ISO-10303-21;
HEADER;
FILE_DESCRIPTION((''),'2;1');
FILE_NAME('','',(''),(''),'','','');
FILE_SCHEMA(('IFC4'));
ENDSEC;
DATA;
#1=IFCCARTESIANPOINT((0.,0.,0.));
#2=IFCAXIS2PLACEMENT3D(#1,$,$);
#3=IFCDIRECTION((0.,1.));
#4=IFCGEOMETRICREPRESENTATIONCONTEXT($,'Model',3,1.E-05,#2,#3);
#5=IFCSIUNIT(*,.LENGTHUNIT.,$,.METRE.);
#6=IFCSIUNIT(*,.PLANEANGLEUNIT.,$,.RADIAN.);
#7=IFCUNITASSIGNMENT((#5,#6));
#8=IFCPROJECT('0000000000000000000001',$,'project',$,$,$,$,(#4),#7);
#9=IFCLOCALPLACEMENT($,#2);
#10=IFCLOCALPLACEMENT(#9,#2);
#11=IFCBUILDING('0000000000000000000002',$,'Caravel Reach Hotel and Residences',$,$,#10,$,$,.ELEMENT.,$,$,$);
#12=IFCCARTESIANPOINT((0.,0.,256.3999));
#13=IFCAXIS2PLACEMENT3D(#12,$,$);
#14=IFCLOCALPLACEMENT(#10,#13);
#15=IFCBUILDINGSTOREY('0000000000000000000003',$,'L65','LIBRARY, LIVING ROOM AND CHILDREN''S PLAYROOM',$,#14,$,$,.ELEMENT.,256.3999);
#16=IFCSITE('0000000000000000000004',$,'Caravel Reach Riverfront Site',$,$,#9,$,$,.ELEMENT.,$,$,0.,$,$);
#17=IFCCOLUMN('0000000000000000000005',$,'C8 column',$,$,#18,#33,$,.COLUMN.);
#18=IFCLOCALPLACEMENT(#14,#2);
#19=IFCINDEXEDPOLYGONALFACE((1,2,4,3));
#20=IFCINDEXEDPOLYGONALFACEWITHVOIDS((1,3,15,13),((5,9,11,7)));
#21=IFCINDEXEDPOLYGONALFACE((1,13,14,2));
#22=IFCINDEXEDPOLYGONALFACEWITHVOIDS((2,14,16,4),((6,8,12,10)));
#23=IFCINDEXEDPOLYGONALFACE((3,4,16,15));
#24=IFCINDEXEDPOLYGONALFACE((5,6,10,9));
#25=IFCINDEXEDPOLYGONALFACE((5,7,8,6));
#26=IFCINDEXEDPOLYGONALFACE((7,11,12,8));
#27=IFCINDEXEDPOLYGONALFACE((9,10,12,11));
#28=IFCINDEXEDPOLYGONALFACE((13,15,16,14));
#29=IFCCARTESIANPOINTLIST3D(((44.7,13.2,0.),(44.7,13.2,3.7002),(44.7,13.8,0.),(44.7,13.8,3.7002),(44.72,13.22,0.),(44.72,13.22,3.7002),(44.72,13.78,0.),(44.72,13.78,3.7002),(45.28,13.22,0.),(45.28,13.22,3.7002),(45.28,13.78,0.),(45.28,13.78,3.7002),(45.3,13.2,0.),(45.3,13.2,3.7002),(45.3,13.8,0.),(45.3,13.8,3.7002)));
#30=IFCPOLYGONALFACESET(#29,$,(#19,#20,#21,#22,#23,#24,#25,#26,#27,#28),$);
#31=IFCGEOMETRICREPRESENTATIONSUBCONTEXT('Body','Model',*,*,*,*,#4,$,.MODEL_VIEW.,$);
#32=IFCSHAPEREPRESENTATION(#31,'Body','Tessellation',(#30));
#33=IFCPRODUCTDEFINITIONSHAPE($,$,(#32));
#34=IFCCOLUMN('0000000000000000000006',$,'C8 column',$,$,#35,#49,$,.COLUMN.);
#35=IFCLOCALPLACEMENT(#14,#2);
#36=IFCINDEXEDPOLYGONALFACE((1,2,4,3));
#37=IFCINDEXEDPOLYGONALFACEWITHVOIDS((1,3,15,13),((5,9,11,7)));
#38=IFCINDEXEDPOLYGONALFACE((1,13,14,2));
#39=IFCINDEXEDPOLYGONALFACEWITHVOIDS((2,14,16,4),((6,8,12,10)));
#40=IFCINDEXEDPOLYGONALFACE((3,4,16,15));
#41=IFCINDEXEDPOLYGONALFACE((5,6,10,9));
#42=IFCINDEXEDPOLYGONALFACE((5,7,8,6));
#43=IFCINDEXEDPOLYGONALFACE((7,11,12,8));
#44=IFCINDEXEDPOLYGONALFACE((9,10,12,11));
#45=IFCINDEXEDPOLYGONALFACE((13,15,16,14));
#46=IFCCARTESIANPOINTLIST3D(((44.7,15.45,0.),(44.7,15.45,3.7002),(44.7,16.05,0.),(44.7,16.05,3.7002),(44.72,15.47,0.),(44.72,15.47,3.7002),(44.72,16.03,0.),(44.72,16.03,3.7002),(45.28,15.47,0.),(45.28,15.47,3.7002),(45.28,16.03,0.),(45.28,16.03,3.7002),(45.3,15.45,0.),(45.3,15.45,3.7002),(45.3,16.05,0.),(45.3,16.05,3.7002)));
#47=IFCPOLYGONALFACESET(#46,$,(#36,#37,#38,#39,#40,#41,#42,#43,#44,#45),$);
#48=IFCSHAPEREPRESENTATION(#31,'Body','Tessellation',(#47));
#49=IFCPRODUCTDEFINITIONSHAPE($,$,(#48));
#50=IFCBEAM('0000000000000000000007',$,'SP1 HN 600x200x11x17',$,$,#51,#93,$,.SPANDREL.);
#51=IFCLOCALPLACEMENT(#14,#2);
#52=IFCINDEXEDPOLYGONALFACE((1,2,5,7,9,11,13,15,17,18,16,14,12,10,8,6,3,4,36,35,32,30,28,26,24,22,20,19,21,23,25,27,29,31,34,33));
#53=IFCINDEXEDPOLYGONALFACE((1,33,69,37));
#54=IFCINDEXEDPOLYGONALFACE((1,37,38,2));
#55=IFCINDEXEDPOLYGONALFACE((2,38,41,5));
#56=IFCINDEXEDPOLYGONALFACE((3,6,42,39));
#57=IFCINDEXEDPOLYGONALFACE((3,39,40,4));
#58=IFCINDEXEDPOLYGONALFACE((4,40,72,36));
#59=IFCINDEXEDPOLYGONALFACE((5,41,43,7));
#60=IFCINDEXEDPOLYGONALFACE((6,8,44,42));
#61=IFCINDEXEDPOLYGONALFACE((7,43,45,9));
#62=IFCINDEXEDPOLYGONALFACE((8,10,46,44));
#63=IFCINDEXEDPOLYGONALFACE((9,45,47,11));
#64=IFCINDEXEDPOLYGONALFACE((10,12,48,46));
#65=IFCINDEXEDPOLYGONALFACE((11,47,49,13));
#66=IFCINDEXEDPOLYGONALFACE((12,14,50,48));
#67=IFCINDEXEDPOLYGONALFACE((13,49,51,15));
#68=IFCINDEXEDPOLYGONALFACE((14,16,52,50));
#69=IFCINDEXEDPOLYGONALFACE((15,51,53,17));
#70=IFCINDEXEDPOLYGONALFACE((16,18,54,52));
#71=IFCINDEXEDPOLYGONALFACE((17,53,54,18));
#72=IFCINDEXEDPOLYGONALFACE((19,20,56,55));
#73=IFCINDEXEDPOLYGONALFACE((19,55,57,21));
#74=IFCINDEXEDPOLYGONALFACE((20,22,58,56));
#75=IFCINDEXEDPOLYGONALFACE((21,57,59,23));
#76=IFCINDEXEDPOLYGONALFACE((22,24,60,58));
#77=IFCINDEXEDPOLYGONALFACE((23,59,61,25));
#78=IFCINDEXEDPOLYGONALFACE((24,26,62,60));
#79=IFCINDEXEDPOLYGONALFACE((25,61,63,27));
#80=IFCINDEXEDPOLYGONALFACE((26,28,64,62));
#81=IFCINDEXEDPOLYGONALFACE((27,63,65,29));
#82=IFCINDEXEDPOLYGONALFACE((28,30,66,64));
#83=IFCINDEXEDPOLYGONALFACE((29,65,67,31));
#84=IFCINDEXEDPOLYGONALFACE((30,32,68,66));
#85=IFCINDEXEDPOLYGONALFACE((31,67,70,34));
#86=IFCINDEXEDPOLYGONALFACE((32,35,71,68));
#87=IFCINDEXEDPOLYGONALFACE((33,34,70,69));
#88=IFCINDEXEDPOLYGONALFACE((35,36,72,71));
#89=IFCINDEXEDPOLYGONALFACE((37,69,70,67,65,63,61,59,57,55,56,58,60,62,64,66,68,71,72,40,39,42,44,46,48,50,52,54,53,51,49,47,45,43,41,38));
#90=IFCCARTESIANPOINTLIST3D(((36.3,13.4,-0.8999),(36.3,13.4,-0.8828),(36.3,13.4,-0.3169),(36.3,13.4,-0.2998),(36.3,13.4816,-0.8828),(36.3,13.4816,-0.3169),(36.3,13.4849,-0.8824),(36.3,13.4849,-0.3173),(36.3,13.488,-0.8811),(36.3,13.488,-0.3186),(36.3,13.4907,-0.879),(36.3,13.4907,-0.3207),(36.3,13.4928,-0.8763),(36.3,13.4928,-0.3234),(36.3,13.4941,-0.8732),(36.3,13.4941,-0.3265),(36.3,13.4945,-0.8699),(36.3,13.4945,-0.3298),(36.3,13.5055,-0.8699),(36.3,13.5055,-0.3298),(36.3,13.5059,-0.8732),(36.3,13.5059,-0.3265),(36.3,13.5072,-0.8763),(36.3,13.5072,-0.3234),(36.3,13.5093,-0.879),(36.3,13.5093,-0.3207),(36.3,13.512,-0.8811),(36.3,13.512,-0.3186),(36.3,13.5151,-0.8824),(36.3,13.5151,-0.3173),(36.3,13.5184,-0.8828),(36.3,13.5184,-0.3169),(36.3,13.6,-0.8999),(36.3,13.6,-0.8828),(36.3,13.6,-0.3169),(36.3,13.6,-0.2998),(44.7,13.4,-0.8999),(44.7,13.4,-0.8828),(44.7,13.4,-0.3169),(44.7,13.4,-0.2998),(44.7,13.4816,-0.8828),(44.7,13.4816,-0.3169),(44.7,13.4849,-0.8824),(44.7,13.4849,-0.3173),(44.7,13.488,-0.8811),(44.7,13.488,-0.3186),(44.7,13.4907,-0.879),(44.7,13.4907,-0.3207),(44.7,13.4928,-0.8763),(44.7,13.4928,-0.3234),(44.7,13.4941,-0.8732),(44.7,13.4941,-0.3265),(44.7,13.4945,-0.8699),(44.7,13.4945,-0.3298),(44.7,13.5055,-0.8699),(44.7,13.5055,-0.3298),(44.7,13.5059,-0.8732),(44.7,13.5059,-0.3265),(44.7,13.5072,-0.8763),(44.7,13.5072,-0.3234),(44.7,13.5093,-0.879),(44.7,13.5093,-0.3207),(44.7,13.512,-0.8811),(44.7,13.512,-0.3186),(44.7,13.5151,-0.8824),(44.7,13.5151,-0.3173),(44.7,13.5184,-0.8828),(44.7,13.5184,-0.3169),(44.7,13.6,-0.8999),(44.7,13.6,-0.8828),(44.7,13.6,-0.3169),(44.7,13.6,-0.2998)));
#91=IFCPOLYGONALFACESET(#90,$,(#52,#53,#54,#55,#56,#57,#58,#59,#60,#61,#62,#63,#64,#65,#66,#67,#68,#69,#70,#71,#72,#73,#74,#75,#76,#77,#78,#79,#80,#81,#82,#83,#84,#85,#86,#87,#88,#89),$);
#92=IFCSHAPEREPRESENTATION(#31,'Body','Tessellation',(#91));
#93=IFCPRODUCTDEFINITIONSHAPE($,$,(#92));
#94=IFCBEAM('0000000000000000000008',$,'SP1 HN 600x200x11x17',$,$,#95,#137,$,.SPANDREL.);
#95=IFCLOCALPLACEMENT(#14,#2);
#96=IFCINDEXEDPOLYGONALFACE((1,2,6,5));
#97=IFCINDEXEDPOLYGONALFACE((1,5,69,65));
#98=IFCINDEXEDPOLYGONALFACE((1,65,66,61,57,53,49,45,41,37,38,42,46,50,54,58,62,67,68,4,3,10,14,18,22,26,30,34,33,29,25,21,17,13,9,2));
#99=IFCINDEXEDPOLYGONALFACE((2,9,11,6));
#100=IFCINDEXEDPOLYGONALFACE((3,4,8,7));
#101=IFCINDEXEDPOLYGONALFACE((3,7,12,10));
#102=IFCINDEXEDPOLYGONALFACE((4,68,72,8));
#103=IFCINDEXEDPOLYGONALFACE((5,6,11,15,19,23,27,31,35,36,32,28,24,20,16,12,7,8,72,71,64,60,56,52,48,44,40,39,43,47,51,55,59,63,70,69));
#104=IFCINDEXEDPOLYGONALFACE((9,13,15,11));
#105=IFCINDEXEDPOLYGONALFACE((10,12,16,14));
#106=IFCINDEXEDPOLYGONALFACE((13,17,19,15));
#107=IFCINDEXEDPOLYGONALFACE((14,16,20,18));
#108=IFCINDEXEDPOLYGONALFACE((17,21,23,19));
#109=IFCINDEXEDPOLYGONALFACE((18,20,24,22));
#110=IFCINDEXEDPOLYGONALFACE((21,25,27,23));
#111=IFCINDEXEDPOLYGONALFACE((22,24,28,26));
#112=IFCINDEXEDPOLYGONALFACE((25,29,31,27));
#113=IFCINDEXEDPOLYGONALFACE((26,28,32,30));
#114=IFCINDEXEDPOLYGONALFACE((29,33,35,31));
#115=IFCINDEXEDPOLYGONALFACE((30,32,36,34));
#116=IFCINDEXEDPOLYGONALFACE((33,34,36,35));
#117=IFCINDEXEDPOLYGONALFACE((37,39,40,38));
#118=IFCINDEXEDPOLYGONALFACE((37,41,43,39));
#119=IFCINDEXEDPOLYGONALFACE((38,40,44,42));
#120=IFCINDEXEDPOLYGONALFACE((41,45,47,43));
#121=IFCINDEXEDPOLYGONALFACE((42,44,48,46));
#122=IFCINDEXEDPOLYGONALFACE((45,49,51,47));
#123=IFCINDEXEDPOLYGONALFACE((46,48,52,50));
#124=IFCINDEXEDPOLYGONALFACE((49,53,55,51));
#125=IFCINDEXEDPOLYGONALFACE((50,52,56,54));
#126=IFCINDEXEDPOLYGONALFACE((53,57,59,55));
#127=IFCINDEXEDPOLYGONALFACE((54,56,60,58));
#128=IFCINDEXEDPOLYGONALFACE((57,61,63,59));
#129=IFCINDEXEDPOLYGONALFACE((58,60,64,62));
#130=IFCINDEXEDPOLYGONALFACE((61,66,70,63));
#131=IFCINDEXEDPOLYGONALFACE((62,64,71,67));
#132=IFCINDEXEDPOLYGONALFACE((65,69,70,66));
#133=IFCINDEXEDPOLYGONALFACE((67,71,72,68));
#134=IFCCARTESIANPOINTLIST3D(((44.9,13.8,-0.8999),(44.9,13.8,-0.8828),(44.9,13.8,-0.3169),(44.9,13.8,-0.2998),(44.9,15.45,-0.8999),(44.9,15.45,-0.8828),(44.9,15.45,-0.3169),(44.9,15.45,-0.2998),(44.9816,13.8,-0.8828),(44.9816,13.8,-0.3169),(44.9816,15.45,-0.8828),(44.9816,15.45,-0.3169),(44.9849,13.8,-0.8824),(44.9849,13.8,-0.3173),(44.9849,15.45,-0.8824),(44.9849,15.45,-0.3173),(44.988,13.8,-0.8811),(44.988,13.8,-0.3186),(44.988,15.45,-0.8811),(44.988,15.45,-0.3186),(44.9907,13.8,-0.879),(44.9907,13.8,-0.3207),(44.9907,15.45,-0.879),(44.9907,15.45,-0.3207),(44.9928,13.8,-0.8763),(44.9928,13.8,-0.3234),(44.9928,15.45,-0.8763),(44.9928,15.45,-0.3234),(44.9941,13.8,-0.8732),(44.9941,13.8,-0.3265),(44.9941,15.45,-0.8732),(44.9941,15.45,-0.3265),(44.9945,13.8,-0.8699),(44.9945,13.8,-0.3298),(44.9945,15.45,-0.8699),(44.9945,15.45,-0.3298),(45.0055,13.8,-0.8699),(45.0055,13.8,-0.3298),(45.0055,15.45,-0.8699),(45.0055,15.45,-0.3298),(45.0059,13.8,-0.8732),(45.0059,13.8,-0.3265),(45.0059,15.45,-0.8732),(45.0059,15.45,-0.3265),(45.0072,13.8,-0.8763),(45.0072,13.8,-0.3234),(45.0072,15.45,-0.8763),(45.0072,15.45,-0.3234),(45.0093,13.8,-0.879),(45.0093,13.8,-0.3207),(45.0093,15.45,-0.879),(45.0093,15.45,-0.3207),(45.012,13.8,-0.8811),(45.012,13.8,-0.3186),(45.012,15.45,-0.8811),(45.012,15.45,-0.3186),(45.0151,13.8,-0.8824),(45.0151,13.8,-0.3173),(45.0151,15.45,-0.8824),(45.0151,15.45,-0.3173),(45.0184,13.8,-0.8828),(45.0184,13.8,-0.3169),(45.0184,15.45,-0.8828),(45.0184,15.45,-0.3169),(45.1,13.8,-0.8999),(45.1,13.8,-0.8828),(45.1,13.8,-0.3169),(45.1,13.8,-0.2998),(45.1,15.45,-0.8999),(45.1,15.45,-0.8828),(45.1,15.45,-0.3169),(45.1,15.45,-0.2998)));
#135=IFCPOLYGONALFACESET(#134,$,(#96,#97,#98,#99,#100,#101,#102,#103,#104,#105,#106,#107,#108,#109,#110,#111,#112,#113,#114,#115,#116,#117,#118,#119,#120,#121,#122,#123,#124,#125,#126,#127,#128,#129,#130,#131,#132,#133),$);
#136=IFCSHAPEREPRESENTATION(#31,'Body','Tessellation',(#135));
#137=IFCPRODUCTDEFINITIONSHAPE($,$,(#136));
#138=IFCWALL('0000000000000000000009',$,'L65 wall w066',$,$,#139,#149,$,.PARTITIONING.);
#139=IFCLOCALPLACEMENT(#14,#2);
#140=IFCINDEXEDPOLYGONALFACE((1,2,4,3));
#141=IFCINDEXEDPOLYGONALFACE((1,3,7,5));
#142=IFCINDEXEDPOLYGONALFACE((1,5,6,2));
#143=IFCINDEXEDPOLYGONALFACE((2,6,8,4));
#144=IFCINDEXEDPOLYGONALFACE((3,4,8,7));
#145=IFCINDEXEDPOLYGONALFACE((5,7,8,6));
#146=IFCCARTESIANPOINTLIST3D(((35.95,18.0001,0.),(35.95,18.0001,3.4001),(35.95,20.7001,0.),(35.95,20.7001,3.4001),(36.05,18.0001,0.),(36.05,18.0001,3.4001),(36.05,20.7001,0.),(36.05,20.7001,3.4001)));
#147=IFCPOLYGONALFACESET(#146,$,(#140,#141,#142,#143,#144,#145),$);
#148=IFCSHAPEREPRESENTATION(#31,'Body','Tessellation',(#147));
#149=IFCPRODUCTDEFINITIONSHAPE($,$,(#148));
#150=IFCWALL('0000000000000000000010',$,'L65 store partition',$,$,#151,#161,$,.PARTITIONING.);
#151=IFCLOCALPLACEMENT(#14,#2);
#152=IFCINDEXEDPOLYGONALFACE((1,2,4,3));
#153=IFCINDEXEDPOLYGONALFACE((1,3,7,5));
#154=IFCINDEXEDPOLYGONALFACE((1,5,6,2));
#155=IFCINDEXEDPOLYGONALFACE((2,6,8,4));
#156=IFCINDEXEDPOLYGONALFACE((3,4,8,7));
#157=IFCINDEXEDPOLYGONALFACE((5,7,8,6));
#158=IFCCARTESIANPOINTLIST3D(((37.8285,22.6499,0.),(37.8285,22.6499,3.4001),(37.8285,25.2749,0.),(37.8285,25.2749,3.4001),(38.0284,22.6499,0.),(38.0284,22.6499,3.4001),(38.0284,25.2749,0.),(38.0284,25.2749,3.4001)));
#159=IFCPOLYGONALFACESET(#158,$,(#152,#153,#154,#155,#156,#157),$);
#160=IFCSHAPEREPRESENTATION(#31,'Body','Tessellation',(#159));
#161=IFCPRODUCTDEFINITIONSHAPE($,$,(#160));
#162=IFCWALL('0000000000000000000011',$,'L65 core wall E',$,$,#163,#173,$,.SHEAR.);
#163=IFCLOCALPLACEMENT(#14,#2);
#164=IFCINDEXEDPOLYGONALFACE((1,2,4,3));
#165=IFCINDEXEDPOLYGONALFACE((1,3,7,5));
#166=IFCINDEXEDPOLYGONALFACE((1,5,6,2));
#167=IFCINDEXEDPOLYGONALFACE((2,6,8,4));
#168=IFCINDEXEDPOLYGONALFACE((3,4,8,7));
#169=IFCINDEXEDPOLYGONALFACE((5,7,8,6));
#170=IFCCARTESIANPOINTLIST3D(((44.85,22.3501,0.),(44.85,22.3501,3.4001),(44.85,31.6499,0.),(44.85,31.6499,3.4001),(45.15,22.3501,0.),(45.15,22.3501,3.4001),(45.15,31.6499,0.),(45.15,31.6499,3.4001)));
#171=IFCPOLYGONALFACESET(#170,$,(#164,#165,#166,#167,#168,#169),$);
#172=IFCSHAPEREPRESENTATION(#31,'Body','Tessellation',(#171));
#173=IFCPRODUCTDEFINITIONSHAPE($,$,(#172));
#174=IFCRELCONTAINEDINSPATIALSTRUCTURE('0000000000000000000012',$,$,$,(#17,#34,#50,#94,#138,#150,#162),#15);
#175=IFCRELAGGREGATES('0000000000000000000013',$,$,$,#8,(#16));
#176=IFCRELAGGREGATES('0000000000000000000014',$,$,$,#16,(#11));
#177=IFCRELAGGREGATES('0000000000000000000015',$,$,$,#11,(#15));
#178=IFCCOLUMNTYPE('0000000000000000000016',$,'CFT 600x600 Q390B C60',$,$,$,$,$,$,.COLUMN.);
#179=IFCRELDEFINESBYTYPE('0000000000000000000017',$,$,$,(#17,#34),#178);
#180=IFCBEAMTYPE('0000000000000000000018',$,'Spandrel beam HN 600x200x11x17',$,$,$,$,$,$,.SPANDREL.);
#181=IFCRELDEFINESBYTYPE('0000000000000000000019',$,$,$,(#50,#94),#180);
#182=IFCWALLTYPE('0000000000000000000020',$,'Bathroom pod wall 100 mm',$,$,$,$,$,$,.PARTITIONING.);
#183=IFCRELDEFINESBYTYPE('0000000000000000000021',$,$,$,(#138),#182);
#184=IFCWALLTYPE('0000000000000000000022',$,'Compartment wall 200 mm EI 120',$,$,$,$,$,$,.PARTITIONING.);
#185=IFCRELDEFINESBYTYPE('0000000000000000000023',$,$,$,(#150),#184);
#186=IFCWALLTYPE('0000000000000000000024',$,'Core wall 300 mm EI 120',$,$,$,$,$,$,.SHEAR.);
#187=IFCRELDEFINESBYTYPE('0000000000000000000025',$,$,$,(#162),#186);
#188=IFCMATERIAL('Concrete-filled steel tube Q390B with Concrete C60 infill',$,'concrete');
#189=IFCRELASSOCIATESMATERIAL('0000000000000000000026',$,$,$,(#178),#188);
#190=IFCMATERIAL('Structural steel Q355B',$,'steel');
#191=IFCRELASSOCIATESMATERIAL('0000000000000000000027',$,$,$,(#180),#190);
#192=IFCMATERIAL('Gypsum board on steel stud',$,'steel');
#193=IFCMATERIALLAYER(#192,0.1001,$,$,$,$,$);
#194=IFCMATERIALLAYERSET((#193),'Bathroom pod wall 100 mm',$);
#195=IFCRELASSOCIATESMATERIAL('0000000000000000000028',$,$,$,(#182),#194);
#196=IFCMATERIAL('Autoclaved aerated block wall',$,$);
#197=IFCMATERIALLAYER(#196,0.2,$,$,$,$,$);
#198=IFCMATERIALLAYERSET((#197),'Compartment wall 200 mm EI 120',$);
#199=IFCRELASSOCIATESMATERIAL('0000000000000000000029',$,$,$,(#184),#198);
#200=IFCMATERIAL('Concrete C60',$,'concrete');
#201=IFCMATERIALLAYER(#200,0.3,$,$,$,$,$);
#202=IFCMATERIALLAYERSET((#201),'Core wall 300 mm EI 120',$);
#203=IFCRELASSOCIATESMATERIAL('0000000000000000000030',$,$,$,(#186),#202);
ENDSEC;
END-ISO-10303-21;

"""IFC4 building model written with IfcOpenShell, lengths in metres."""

from ifc_helpers import new_model, si_unit, direction, frame, frame_2d, origin, origin_2d, place, context, subcontext, project, spatial, rectangle, hollow_rectangle, i_section, extrude, material, layer, layer_set, material_profile, profile_set, type_object, element, save


model = new_model("IFC4")

# Units and contexts
model_context = context("Model", 3, precision=1e-05, world=origin(), true_north=direction((0.0, 1.0)))
body_context = subcontext(model_context, "Body", "Model", "MODEL_VIEW")
ifc_project = project(units=[si_unit("LENGTHUNIT", "METRE"), si_unit("PLANEANGLEUNIT", "RADIAN")], contexts=[model_context])

# Site, building, storey
site_placement = place(None, origin())
site = spatial("IfcSite", under=ifc_project, at=site_placement, Name="Caravel Reach Riverfront Site", CompositionType="ELEMENT", RefElevation=0.0)
building_placement = place(site_placement, origin())
building = spatial("IfcBuilding", under=site, at=building_placement, Name="Caravel Reach Hotel and Residences", CompositionType="ELEMENT")
storey_placement = place(building_placement, frame((0.0, 0.0, 256.3999)))
storey = spatial("IfcBuildingStorey", under=building, at=storey_placement, Name="L65", Description="LIBRARY, LIVING ROOM AND CHILDREN'S PLAYROOM", CompositionType="ELEMENT", Elevation=256.3999)

# Columns
ifc_material_1 = material(Name="Concrete-filled steel tube Q390B with Concrete C60 infill", Category="concrete")
ifc_material_profile_1 = material_profile(ifc_material_1, hollow_rectangle(XDim=0.6001, YDim=0.6001, WallThickness=0.02, at=origin_2d()), Name="RHS 600x600x20")
ifc_profile_set_1 = profile_set([ifc_material_profile_1], Name="Concrete-filled steel tube Q390B with Concrete C60 infill")
column_type = type_object("IfcColumnType", Name="CFT 600x600 Q390B C60", PredefinedType="COLUMN", material=ifc_profile_set_1)
for number, where, z_axis, x_axis, name in (
    (1, (45.0, 13.5, 0.0), (0.0, 0.0, 1.0), (1.0, 0.0, 0.0), "C8 column"),
    (2, (45.0, 15.75, 0.0), (0.0, 0.0, 1.0), (1.0, 0.0, 0.0), "C8 column"),
):
    element("IfcColumn", number, at=place(storey_placement, frame(where, z_axis=z_axis, x_axis=x_axis)), inside=storey, type_object=column_type, Name=name, PredefinedType="COLUMN", context=body_context, shape_type="SweptSolid", body=[
        extrude(hollow_rectangle(XDim=0.6001, YDim=0.6001, WallThickness=0.02, at=origin_2d()), origin(), (0.0, 0.0, 1.0), 3.7002),
    ])

# Beams
ifc_material_2 = material(Name="Structural steel Q355B", Category="steel")
ifc_material_profile_2 = material_profile(ifc_material_2, i_section(OverallWidth=0.2, OverallDepth=0.6001, WebThickness=0.011, FlangeThickness=0.0171, FilletRadius=0.0129, at=origin_2d()), Name="HN 600x200x11x17")
ifc_profile_set_2 = profile_set([ifc_material_profile_2], Name="Structural steel Q355B")
beam_type = type_object("IfcBeamType", Name="Spandrel beam HN 600x200x11x17", PredefinedType="SPANDREL", material=ifc_profile_set_2)
beam_1_placement = place(storey_placement, frame((36.3, 13.5, -0.5999), z_axis=(1.0, 0.0, 0.0), x_axis=(0.0, 1.0, 0.0)))
element("IfcBeam", 3, at=beam_1_placement, inside=storey, type_object=beam_type, Name="SP1 HN 600x200x11x17", PredefinedType="SPANDREL", context=body_context, shape_type="SweptSolid", body=[
    extrude(i_section(OverallWidth=0.2, OverallDepth=0.6001, WebThickness=0.011, FlangeThickness=0.0171, FilletRadius=0.0129, at=origin_2d()), origin(), (0.0, 0.0, 1.0), 8.3999),
])
beam_2_placement = place(storey_placement, frame((45.0, 13.8, -0.5999), z_axis=(0.0, 1.0, 0.0), x_axis=(-1.0, 0.0, 0.0)))
element("IfcBeam", 4, at=beam_2_placement, inside=storey, type_object=beam_type, Name="SP1 HN 600x200x11x17", PredefinedType="SPANDREL", context=body_context, shape_type="SweptSolid", body=[
    extrude(i_section(OverallWidth=0.2, OverallDepth=0.6001, WebThickness=0.011, FlangeThickness=0.0171, FilletRadius=0.0129, at=origin_2d()), origin(), (0.0, 0.0, 1.0), 1.6499),
])

# Walls
ifc_material_3 = material(Name="Gypsum board on steel stud", Category="steel")
ifc_layer_1 = layer(ifc_material_3, 0.1001)
ifc_layer_set_1 = layer_set([ifc_layer_1], Name="Bathroom pod wall 100 mm")
wall_type_1 = type_object("IfcWallType", Name="Bathroom pod wall 100 mm", PredefinedType="PARTITIONING", material=ifc_layer_set_1)
wall_1_placement = place(storey_placement, frame((36.0, 18.0, 0.0), z_axis=(0.0, 0.0, 1.0), x_axis=(0.0, 1.0, 0.0)))
element("IfcWall", 5, at=wall_1_placement, inside=storey, type_object=wall_type_1, Name="L65 wall w066", PredefinedType="PARTITIONING", context=body_context, shape_type="SweptSolid", body=[
    extrude(rectangle(XDim=2.7, YDim=0.1001, at=frame_2d((1.3501, 0.0))), origin(), (0.0, 0.0, 1.0), 3.4001),
])
ifc_material_4 = material(Name="Autoclaved aerated block wall")
ifc_layer_2 = layer(ifc_material_4, 0.2)
ifc_layer_set_2 = layer_set([ifc_layer_2], Name="Compartment wall 200 mm EI 120")
wall_type_2 = type_object("IfcWallType", Name="Compartment wall 200 mm EI 120", PredefinedType="PARTITIONING", material=ifc_layer_set_2)
wall_2_placement = place(storey_placement, frame((37.9285, 22.6499, 0.0), z_axis=(0.0, 0.0, 1.0), x_axis=(0.0, 1.0, 0.0)))
element("IfcWall", 6, at=wall_2_placement, inside=storey, type_object=wall_type_2, Name="L65 store partition", PredefinedType="PARTITIONING", context=body_context, shape_type="SweptSolid", body=[
    extrude(rectangle(XDim=2.625, YDim=0.2, at=frame_2d((1.3125, 0.0))), origin(), (0.0, 0.0, 1.0), 3.4001),
])
ifc_material_5 = material(Name="Concrete C60", Category="concrete")
ifc_layer_3 = layer(ifc_material_5, 0.3)
ifc_layer_set_3 = layer_set([ifc_layer_3], Name="Core wall 300 mm EI 120")
wall_type_3 = type_object("IfcWallType", Name="Core wall 300 mm EI 120", PredefinedType="SHEAR", material=ifc_layer_set_3)
wall_3_placement = place(storey_placement, frame((45.0, 22.3501, 0.0), z_axis=(0.0, 0.0, 1.0), x_axis=(0.0, 1.0, 0.0)))
element("IfcWall", 7, at=wall_3_placement, inside=storey, type_object=wall_type_3, Name="L65 core wall E", PredefinedType="SHEAR", context=body_context, shape_type="SweptSolid", body=[
    extrude(rectangle(XDim=9.2998, YDim=0.3, at=frame_2d((4.6499, 0.0))), origin(), (0.0, 0.0, 1.0), 3.4001),
])

save(model, "model.ifc")
